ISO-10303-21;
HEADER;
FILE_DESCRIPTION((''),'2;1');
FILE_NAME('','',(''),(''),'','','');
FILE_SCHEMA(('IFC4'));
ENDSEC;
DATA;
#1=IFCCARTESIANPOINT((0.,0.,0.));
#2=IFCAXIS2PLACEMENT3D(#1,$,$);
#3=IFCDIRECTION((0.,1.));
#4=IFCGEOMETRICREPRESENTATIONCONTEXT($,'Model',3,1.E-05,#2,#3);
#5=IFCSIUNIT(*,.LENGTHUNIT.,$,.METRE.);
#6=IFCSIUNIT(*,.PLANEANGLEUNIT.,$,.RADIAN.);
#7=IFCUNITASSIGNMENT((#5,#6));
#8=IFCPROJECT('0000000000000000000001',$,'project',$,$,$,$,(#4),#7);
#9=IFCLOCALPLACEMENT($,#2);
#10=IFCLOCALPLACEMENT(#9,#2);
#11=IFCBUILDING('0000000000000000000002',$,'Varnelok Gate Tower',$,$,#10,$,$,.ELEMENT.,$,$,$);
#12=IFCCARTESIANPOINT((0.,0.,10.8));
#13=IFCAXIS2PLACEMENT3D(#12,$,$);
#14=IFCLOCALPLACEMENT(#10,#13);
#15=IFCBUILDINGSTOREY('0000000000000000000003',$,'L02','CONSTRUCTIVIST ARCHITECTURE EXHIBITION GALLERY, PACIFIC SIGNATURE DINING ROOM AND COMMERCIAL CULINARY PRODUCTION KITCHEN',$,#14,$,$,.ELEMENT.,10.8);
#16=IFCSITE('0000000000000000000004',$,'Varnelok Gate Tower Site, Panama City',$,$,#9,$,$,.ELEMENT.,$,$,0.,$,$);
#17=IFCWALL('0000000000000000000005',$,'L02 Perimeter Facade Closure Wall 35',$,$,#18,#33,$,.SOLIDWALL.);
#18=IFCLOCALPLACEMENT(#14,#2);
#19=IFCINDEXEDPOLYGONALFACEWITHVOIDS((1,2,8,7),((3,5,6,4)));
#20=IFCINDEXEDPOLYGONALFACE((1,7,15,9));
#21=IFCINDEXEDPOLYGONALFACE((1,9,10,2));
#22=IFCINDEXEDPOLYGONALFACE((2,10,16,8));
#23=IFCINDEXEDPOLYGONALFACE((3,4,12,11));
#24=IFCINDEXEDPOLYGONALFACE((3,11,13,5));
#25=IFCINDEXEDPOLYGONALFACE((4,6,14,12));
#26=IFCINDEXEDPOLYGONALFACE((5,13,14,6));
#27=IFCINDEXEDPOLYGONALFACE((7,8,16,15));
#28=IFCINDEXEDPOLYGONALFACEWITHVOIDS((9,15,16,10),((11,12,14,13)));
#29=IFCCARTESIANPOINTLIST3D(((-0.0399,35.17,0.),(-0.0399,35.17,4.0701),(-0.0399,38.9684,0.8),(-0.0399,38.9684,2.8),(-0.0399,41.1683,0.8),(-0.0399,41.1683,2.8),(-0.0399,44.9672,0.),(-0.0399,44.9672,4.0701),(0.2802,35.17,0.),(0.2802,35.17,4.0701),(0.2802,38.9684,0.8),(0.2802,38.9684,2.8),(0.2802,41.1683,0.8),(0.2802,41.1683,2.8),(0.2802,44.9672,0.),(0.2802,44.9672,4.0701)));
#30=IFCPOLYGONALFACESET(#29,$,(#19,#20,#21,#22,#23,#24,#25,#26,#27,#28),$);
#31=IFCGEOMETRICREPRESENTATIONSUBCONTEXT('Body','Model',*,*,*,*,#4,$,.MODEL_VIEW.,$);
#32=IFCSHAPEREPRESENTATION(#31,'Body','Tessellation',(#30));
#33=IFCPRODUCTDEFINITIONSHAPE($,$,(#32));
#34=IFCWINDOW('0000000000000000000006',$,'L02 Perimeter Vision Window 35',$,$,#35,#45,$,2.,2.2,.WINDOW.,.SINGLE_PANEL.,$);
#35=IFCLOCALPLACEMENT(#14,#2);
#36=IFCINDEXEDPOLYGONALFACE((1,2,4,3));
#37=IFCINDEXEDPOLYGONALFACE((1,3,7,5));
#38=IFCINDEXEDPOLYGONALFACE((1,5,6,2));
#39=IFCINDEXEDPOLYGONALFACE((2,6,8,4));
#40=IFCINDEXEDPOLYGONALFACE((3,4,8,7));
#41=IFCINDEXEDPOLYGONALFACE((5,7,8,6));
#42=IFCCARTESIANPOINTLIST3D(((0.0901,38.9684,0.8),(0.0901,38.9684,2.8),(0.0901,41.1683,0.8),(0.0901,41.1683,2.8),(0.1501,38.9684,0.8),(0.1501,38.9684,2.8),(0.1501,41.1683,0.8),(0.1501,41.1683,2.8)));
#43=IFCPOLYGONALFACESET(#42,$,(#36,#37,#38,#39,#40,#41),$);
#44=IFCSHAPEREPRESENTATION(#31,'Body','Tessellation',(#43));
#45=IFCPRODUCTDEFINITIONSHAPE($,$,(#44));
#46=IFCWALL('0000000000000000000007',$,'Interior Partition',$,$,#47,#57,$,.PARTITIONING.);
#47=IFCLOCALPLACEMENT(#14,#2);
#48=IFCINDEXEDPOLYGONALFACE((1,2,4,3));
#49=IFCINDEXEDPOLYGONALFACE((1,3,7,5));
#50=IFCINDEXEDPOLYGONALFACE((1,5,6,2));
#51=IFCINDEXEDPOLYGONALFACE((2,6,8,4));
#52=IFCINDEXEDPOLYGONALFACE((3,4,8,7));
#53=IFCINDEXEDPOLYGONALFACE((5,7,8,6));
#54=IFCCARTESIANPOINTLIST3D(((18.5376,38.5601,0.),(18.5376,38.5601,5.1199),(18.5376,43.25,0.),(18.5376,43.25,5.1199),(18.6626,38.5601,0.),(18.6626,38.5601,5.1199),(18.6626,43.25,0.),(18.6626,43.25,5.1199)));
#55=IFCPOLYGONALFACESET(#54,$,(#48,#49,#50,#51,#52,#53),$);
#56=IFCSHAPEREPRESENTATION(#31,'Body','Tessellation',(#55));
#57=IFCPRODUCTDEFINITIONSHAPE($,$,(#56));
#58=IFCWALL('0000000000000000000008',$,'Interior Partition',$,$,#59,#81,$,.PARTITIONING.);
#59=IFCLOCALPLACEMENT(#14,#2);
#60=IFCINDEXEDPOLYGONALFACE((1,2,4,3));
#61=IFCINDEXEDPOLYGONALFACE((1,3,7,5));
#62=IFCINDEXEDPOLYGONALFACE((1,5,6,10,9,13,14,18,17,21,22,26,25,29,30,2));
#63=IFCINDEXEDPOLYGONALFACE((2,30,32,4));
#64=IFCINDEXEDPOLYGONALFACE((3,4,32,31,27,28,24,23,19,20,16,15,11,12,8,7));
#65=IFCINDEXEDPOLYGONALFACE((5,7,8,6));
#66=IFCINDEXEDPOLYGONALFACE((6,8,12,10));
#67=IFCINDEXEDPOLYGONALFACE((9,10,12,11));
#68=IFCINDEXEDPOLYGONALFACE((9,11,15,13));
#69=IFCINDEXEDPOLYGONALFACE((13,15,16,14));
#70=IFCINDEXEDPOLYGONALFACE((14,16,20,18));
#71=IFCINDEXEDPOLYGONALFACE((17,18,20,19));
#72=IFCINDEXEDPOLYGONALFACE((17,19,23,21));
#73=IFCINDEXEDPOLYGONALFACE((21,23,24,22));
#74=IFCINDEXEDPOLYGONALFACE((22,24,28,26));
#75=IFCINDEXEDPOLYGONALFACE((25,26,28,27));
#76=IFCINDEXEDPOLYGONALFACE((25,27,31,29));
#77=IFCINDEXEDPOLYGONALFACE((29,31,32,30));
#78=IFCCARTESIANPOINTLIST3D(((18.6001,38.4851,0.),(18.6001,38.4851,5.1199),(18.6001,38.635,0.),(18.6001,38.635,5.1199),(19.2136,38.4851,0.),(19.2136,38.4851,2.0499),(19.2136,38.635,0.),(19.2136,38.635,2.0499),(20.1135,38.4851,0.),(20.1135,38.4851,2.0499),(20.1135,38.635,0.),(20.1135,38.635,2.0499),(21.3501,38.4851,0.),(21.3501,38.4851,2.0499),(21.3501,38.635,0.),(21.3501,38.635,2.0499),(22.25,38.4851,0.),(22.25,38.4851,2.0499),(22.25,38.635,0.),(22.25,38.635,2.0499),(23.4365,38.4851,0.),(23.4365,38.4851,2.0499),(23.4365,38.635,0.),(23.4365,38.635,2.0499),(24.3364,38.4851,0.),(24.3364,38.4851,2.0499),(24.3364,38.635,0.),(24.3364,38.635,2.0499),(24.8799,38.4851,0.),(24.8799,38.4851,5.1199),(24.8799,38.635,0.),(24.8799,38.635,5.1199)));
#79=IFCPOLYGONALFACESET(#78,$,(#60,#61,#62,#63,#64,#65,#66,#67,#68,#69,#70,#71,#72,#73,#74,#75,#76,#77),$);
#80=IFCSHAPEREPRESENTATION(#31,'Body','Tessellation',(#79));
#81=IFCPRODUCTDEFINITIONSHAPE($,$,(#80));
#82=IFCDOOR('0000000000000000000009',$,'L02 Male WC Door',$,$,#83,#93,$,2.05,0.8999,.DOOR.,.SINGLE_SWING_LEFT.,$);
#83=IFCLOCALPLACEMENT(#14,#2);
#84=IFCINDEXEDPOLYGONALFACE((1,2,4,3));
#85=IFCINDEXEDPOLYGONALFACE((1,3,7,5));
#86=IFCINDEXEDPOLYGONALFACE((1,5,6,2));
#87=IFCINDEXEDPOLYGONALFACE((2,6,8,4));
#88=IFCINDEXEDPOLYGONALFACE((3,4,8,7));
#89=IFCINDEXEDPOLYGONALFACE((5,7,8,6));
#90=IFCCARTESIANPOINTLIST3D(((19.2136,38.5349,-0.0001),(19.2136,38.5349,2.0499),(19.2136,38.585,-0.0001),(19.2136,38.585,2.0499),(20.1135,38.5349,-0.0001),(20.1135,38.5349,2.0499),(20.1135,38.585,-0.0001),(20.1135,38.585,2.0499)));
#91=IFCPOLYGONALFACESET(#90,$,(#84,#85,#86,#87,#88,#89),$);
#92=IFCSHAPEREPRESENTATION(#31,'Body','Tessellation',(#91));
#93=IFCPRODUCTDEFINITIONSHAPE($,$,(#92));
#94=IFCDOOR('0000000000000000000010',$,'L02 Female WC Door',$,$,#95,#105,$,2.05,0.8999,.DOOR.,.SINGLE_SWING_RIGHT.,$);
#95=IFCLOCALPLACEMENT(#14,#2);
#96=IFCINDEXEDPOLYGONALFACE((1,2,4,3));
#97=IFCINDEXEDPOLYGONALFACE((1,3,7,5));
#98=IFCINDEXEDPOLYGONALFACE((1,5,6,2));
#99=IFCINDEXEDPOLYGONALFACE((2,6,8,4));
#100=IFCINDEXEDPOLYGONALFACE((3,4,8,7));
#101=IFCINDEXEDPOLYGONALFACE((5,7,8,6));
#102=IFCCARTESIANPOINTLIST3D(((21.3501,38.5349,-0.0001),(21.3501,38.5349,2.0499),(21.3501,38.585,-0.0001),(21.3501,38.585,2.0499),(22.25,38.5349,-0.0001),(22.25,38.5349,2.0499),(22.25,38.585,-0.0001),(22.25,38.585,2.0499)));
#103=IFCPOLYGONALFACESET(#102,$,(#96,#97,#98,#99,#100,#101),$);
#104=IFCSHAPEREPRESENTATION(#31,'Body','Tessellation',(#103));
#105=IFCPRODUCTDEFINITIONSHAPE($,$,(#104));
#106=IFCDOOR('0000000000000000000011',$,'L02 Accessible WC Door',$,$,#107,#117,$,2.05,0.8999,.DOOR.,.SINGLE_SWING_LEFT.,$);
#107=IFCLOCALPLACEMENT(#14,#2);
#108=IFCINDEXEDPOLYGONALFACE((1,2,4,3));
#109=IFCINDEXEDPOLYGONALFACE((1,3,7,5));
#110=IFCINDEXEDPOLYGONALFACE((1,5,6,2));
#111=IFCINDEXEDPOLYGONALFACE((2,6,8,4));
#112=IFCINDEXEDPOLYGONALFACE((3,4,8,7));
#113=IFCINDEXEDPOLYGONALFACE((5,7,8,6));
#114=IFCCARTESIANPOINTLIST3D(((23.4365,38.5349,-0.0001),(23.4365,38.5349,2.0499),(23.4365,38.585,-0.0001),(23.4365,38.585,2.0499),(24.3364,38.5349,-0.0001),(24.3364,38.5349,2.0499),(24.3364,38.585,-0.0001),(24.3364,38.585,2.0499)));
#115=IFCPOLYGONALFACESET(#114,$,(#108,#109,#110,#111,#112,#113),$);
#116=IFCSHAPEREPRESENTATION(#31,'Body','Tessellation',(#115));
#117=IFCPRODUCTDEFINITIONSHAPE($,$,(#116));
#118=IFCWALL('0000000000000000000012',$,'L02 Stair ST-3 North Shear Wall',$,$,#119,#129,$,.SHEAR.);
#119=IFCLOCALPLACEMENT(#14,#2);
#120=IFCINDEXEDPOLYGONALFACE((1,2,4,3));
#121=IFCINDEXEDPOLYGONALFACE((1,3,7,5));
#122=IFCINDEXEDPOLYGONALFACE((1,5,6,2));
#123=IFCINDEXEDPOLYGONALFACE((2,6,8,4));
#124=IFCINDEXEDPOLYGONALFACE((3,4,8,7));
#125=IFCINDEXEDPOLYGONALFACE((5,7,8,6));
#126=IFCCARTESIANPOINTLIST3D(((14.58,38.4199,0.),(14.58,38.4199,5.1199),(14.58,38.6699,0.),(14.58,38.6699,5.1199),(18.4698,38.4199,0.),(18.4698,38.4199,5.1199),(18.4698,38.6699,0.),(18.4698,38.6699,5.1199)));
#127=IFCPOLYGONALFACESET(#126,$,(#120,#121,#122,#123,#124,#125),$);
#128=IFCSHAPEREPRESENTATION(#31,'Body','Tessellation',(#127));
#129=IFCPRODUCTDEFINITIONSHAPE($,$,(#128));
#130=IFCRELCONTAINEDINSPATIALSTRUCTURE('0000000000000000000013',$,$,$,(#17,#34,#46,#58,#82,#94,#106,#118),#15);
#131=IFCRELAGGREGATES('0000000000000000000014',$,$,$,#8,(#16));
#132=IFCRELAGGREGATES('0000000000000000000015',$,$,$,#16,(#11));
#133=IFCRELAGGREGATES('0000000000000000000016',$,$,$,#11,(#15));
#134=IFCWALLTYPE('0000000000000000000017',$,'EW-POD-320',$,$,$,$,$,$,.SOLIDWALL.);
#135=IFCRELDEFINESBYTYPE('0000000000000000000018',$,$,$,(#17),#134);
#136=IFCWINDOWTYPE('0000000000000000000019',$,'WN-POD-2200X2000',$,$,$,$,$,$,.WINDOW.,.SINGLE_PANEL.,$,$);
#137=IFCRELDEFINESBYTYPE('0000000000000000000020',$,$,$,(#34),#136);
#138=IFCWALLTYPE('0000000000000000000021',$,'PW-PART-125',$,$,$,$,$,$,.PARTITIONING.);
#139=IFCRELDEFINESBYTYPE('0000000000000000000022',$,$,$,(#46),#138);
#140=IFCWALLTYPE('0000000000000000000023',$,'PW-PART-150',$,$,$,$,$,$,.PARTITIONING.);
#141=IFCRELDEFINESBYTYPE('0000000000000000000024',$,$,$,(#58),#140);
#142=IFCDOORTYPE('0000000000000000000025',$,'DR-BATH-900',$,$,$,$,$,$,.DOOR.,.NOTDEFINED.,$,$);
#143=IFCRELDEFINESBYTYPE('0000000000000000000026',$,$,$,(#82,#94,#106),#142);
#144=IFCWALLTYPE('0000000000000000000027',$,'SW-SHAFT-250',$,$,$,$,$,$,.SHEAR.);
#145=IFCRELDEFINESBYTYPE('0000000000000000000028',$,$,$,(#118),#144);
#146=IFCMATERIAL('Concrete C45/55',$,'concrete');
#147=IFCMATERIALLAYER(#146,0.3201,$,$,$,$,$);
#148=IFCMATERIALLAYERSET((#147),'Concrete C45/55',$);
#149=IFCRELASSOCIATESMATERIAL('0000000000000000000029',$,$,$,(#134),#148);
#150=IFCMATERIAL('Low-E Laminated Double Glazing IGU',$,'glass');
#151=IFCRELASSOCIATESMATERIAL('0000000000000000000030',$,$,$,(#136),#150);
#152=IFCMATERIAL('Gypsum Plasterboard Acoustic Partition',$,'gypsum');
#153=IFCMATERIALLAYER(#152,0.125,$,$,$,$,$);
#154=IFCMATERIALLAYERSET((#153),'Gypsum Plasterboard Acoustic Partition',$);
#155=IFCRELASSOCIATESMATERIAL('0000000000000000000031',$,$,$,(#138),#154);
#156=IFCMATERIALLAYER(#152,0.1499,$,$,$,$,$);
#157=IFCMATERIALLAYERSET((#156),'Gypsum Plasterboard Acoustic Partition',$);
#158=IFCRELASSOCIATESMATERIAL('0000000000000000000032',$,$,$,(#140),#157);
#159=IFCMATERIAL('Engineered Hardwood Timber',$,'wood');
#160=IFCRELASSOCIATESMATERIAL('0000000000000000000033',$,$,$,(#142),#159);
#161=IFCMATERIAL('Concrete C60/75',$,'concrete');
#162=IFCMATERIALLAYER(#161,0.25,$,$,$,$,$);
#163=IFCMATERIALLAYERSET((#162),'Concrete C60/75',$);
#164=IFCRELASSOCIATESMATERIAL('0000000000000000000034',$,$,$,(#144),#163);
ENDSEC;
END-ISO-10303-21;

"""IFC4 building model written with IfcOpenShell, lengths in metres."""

from ifc_helpers import new_model, si_unit, direction, frame, frame_2d, origin, place, context, subcontext, project, spatial, rectangle, extrude, material, layer, layer_set, type_object, element, fill, save


model = new_model("IFC4")

# Units and contexts
model_context = context("Model", 3, precision=1e-05, world=origin(), true_north=direction((0.0, 1.0)))
body_context = subcontext(model_context, "Body", "Model", "MODEL_VIEW")
ifc_project = project(units=[si_unit("LENGTHUNIT", "METRE"), si_unit("PLANEANGLEUNIT", "RADIAN")], contexts=[model_context])

# Site, building, storey
site_placement = place(None, origin())
site = spatial("IfcSite", under=ifc_project, at=site_placement, Name="Varnelok Gate Tower Site, Panama City", CompositionType="ELEMENT", RefElevation=0.0)
building_placement = place(site_placement, origin())
building = spatial("IfcBuilding", under=site, at=building_placement, Name="Varnelok Gate Tower", CompositionType="ELEMENT")
storey_placement = place(building_placement, frame((0.0, 0.0, 10.8)))
storey = spatial("IfcBuildingStorey", under=building, at=storey_placement, Name="L02", Description="CONSTRUCTIVIST ARCHITECTURE EXHIBITION GALLERY, PACIFIC SIGNATURE DINING ROOM AND COMMERCIAL CULINARY PRODUCTION KITCHEN", CompositionType="ELEMENT", Elevation=10.8)

# Shared definitions
ifc_material_1 = material(Name="Concrete C60/75", Category="concrete")

# Shared definitions
ifc_material_2 = material(Name="Concrete C45/55", Category="concrete")
ifc_layer_1 = layer(ifc_material_2, 0.3201)
ifc_layer_set_1 = layer_set([ifc_layer_1], Name="Concrete C45/55")
wall_type_1 = type_object("IfcWallType", Name="EW-POD-320", PredefinedType="SOLIDWALL", material=ifc_layer_set_1)
ifc_material_3 = material(Name="Low-E Laminated Double Glazing IGU", Category="glass")

# Wall, opening, window
wall_1_placement = place(storey_placement, frame((0.1201, 44.967, 0.0), z_axis=(0.0, 0.0, 1.0), x_axis=(0.0, -1.0, 0.0)))
wall_1 = element("IfcWall", 1, at=wall_1_placement, inside=storey, type_object=wall_type_1, Name="L02 Perimeter Facade Closure Wall 35", PredefinedType="SOLIDWALL", context=body_context, shape_type="SweptSolid", body=[
    extrude(rectangle(XDim=9.7971, YDim=0.3201, at=frame_2d((4.8984, 0.0))), origin(), (0.0, 0.0, 1.0), 4.0701),
])
opening_1_placement = place(wall_1_placement, frame((3.7986, 0.0, 0.8)))
opening_1 = element("IfcOpeningElement", 2, at=opening_1_placement, cuts=wall_1, PredefinedType="OPENING", context=body_context, shape_type="SweptSolid", body=[
    extrude(rectangle(XDim=2.2, YDim=2.0, at=frame_2d((1.1001, 1.0))), frame((0.0, 0.1699, 0.0), z_axis=(0.0, -1.0, 0.0), x_axis=(1.0, 0.0, 0.0)), (0.0, 0.0, 1.0), 0.3401),
])
window_type_1 = type_object("IfcWindowType", Name="WN-POD-2200X2000", PartitioningType="SINGLE_PANEL", PredefinedType="WINDOW", material=ifc_material_3)
window_1_placement = place(opening_1_placement, origin())
window_1 = element("IfcWindow", 3, at=window_1_placement, inside=storey, type_object=window_type_1, Name="L02 Perimeter Vision Window 35", OverallHeight=2.0, OverallWidth=2.2, PartitioningType="SINGLE_PANEL", PredefinedType="WINDOW", context=body_context, shape_type="SweptSolid", body=[
    extrude(rectangle(XDim=2.2, YDim=2.0, at=frame_2d((1.1001, 1.0))), frame((0.0, 0.03, 0.0), z_axis=(0.0, -1.0, 0.0), x_axis=(1.0, 0.0, 0.0)), (0.0, 0.0, 1.0), 0.0601),
])
fill(opening_1, window_1)

# Wall
ifc_material_4 = material(Name="Gypsum Plasterboard Acoustic Partition", Category="gypsum")
ifc_layer_2 = layer(ifc_material_4, 0.125)
ifc_layer_set_2 = layer_set([ifc_layer_2], Name="Gypsum Plasterboard Acoustic Partition")
wall_type_2 = type_object("IfcWallType", Name="PW-PART-125", PredefinedType="PARTITIONING", material=ifc_layer_set_2)
wall_2_placement = place(storey_placement, frame((18.6001, 38.5601, 0.0), z_axis=(0.0, 0.0, 1.0), x_axis=(0.0, 1.0, 0.0)))
element("IfcWall", 4, at=wall_2_placement, inside=storey, type_object=wall_type_2, Name="Interior Partition", PredefinedType="PARTITIONING", context=body_context, shape_type="SweptSolid", body=[
    extrude(rectangle(XDim=4.6899, YDim=0.125, at=frame_2d((2.345, 0.0))), origin(), (0.0, 0.0, 1.0), 5.1199),
])

# Wall, openings, doors
ifc_layer_3 = layer(ifc_material_4, 0.1499)
ifc_layer_set_3 = layer_set([ifc_layer_3], Name="Gypsum Plasterboard Acoustic Partition")
wall_type_3 = type_object("IfcWallType", Name="PW-PART-150", PredefinedType="PARTITIONING", material=ifc_layer_set_3)
wall_3_placement = place(storey_placement, frame((18.6001, 38.5601, 0.0), z_axis=(0.0, 0.0, 1.0), x_axis=(1.0, 0.0, 0.0)))
wall_3 = element("IfcWall", 5, at=wall_3_placement, inside=storey, type_object=wall_type_3, Name="Interior Partition", PredefinedType="PARTITIONING", context=body_context, shape_type="SweptSolid", body=[
    extrude(rectangle(XDim=6.2798, YDim=0.1499, at=frame_2d((3.1399, 0.0))), origin(), (0.0, 0.0, 1.0), 5.1199),
])
opening_2_placement = place(wall_3_placement, frame((0.6135, 0.0, 0.0)))
opening_2 = element("IfcOpeningElement", 6, at=opening_2_placement, cuts=wall_3, PredefinedType="OPENING", context=body_context, shape_type="SweptSolid", body=[
    extrude(rectangle(XDim=0.8999, YDim=2.05, at=frame_2d((0.45, 1.0249))), frame((0.0, 0.085, 0.0), z_axis=(0.0, -1.0, 0.0), x_axis=(1.0, 0.0, 0.0)), (0.0, 0.0, 1.0), 0.1699),
])
opening_3_placement = place(wall_3_placement, frame((2.75, 0.0, 0.0)))
opening_3 = element("IfcOpeningElement", 7, at=opening_3_placement, cuts=wall_3, PredefinedType="OPENING", context=body_context, shape_type="SweptSolid", body=[
    extrude(rectangle(XDim=0.8999, YDim=2.05, at=frame_2d((0.45, 1.0249))), frame((0.0, 0.085, 0.0), z_axis=(0.0, -1.0, 0.0), x_axis=(1.0, 0.0, 0.0)), (0.0, 0.0, 1.0), 0.1699),
])
opening_4_placement = place(wall_3_placement, frame((4.8364, 0.0, 0.0)))
opening_4 = element("IfcOpeningElement", 8, at=opening_4_placement, cuts=wall_3, PredefinedType="OPENING", context=body_context, shape_type="SweptSolid", body=[
    extrude(rectangle(XDim=0.8999, YDim=2.05, at=frame_2d((0.45, 1.0249))), frame((0.0, 0.085, 0.0), z_axis=(0.0, -1.0, 0.0), x_axis=(1.0, 0.0, 0.0)), (0.0, 0.0, 1.0), 0.1699),
])
ifc_material_5 = material(Name="Engineered Hardwood Timber", Category="wood")
door_type = type_object("IfcDoorType", Name="DR-BATH-900", OperationType="NOTDEFINED", PredefinedType="DOOR", material=ifc_material_5)
door_1_placement = place(opening_2_placement, origin())
door_1 = element("IfcDoor", 9, at=door_1_placement, inside=storey, type_object=door_type, Name="L02 Male WC Door", OperationType="SINGLE_SWING_LEFT", OverallHeight=2.05, OverallWidth=0.8999, PredefinedType="DOOR", context=body_context, shape_type="SweptSolid", body=[
    extrude(rectangle(XDim=0.8999, YDim=2.05, at=frame_2d((0.45, 1.0249))), frame((0.0, 0.0249, 0.0), z_axis=(0.0, -1.0, 0.0), x_axis=(1.0, 0.0, 0.0)), (0.0, 0.0, 1.0), 0.05),
])
fill(opening_2, door_1)
door_2_placement = place(opening_3_placement, origin())
door_2 = element("IfcDoor", 10, at=door_2_placement, inside=storey, type_object=door_type, Name="L02 Female WC Door", OperationType="SINGLE_SWING_RIGHT", OverallHeight=2.05, OverallWidth=0.8999, PredefinedType="DOOR", context=body_context, shape_type="SweptSolid", body=[
    extrude(rectangle(XDim=0.8999, YDim=2.05, at=frame_2d((0.45, 1.0249))), frame((0.0, 0.0249, 0.0), z_axis=(0.0, -1.0, 0.0), x_axis=(1.0, 0.0, 0.0)), (0.0, 0.0, 1.0), 0.05),
])
fill(opening_3, door_2)
door_3_placement = place(opening_4_placement, origin())
door_3 = element("IfcDoor", 11, at=door_3_placement, inside=storey, type_object=door_type, Name="L02 Accessible WC Door", OperationType="SINGLE_SWING_LEFT", OverallHeight=2.05, OverallWidth=0.8999, PredefinedType="DOOR", context=body_context, shape_type="SweptSolid", body=[
    extrude(rectangle(XDim=0.8999, YDim=2.05, at=frame_2d((0.45, 1.0249))), frame((0.0, 0.0249, 0.0), z_axis=(0.0, -1.0, 0.0), x_axis=(1.0, 0.0, 0.0)), (0.0, 0.0, 1.0), 0.05),
])
fill(opening_4, door_3)

# Wall
ifc_layer_4 = layer(ifc_material_1, 0.25)
ifc_layer_set_4 = layer_set([ifc_layer_4], Name="Concrete C60/75")
wall_type_4 = type_object("IfcWallType", Name="SW-SHAFT-250", PredefinedType="SHEAR", material=ifc_layer_set_4)
wall_4_placement = place(storey_placement, frame((14.5801, 38.5449, 0.0), z_axis=(0.0, 0.0, 1.0), x_axis=(1.0, 0.0, 0.0)))
element("IfcWall", 12, at=wall_4_placement, inside=storey, type_object=wall_type_4, Name="L02 Stair ST-3 North Shear Wall", PredefinedType="SHEAR", context=body_context, shape_type="SweptSolid", body=[
    extrude(rectangle(XDim=3.8899, YDim=0.25, at=frame_2d((1.9448, 0.0))), origin(), (0.0, 0.0, 1.0), 5.1199),
])

save(model, "model.ifc")
